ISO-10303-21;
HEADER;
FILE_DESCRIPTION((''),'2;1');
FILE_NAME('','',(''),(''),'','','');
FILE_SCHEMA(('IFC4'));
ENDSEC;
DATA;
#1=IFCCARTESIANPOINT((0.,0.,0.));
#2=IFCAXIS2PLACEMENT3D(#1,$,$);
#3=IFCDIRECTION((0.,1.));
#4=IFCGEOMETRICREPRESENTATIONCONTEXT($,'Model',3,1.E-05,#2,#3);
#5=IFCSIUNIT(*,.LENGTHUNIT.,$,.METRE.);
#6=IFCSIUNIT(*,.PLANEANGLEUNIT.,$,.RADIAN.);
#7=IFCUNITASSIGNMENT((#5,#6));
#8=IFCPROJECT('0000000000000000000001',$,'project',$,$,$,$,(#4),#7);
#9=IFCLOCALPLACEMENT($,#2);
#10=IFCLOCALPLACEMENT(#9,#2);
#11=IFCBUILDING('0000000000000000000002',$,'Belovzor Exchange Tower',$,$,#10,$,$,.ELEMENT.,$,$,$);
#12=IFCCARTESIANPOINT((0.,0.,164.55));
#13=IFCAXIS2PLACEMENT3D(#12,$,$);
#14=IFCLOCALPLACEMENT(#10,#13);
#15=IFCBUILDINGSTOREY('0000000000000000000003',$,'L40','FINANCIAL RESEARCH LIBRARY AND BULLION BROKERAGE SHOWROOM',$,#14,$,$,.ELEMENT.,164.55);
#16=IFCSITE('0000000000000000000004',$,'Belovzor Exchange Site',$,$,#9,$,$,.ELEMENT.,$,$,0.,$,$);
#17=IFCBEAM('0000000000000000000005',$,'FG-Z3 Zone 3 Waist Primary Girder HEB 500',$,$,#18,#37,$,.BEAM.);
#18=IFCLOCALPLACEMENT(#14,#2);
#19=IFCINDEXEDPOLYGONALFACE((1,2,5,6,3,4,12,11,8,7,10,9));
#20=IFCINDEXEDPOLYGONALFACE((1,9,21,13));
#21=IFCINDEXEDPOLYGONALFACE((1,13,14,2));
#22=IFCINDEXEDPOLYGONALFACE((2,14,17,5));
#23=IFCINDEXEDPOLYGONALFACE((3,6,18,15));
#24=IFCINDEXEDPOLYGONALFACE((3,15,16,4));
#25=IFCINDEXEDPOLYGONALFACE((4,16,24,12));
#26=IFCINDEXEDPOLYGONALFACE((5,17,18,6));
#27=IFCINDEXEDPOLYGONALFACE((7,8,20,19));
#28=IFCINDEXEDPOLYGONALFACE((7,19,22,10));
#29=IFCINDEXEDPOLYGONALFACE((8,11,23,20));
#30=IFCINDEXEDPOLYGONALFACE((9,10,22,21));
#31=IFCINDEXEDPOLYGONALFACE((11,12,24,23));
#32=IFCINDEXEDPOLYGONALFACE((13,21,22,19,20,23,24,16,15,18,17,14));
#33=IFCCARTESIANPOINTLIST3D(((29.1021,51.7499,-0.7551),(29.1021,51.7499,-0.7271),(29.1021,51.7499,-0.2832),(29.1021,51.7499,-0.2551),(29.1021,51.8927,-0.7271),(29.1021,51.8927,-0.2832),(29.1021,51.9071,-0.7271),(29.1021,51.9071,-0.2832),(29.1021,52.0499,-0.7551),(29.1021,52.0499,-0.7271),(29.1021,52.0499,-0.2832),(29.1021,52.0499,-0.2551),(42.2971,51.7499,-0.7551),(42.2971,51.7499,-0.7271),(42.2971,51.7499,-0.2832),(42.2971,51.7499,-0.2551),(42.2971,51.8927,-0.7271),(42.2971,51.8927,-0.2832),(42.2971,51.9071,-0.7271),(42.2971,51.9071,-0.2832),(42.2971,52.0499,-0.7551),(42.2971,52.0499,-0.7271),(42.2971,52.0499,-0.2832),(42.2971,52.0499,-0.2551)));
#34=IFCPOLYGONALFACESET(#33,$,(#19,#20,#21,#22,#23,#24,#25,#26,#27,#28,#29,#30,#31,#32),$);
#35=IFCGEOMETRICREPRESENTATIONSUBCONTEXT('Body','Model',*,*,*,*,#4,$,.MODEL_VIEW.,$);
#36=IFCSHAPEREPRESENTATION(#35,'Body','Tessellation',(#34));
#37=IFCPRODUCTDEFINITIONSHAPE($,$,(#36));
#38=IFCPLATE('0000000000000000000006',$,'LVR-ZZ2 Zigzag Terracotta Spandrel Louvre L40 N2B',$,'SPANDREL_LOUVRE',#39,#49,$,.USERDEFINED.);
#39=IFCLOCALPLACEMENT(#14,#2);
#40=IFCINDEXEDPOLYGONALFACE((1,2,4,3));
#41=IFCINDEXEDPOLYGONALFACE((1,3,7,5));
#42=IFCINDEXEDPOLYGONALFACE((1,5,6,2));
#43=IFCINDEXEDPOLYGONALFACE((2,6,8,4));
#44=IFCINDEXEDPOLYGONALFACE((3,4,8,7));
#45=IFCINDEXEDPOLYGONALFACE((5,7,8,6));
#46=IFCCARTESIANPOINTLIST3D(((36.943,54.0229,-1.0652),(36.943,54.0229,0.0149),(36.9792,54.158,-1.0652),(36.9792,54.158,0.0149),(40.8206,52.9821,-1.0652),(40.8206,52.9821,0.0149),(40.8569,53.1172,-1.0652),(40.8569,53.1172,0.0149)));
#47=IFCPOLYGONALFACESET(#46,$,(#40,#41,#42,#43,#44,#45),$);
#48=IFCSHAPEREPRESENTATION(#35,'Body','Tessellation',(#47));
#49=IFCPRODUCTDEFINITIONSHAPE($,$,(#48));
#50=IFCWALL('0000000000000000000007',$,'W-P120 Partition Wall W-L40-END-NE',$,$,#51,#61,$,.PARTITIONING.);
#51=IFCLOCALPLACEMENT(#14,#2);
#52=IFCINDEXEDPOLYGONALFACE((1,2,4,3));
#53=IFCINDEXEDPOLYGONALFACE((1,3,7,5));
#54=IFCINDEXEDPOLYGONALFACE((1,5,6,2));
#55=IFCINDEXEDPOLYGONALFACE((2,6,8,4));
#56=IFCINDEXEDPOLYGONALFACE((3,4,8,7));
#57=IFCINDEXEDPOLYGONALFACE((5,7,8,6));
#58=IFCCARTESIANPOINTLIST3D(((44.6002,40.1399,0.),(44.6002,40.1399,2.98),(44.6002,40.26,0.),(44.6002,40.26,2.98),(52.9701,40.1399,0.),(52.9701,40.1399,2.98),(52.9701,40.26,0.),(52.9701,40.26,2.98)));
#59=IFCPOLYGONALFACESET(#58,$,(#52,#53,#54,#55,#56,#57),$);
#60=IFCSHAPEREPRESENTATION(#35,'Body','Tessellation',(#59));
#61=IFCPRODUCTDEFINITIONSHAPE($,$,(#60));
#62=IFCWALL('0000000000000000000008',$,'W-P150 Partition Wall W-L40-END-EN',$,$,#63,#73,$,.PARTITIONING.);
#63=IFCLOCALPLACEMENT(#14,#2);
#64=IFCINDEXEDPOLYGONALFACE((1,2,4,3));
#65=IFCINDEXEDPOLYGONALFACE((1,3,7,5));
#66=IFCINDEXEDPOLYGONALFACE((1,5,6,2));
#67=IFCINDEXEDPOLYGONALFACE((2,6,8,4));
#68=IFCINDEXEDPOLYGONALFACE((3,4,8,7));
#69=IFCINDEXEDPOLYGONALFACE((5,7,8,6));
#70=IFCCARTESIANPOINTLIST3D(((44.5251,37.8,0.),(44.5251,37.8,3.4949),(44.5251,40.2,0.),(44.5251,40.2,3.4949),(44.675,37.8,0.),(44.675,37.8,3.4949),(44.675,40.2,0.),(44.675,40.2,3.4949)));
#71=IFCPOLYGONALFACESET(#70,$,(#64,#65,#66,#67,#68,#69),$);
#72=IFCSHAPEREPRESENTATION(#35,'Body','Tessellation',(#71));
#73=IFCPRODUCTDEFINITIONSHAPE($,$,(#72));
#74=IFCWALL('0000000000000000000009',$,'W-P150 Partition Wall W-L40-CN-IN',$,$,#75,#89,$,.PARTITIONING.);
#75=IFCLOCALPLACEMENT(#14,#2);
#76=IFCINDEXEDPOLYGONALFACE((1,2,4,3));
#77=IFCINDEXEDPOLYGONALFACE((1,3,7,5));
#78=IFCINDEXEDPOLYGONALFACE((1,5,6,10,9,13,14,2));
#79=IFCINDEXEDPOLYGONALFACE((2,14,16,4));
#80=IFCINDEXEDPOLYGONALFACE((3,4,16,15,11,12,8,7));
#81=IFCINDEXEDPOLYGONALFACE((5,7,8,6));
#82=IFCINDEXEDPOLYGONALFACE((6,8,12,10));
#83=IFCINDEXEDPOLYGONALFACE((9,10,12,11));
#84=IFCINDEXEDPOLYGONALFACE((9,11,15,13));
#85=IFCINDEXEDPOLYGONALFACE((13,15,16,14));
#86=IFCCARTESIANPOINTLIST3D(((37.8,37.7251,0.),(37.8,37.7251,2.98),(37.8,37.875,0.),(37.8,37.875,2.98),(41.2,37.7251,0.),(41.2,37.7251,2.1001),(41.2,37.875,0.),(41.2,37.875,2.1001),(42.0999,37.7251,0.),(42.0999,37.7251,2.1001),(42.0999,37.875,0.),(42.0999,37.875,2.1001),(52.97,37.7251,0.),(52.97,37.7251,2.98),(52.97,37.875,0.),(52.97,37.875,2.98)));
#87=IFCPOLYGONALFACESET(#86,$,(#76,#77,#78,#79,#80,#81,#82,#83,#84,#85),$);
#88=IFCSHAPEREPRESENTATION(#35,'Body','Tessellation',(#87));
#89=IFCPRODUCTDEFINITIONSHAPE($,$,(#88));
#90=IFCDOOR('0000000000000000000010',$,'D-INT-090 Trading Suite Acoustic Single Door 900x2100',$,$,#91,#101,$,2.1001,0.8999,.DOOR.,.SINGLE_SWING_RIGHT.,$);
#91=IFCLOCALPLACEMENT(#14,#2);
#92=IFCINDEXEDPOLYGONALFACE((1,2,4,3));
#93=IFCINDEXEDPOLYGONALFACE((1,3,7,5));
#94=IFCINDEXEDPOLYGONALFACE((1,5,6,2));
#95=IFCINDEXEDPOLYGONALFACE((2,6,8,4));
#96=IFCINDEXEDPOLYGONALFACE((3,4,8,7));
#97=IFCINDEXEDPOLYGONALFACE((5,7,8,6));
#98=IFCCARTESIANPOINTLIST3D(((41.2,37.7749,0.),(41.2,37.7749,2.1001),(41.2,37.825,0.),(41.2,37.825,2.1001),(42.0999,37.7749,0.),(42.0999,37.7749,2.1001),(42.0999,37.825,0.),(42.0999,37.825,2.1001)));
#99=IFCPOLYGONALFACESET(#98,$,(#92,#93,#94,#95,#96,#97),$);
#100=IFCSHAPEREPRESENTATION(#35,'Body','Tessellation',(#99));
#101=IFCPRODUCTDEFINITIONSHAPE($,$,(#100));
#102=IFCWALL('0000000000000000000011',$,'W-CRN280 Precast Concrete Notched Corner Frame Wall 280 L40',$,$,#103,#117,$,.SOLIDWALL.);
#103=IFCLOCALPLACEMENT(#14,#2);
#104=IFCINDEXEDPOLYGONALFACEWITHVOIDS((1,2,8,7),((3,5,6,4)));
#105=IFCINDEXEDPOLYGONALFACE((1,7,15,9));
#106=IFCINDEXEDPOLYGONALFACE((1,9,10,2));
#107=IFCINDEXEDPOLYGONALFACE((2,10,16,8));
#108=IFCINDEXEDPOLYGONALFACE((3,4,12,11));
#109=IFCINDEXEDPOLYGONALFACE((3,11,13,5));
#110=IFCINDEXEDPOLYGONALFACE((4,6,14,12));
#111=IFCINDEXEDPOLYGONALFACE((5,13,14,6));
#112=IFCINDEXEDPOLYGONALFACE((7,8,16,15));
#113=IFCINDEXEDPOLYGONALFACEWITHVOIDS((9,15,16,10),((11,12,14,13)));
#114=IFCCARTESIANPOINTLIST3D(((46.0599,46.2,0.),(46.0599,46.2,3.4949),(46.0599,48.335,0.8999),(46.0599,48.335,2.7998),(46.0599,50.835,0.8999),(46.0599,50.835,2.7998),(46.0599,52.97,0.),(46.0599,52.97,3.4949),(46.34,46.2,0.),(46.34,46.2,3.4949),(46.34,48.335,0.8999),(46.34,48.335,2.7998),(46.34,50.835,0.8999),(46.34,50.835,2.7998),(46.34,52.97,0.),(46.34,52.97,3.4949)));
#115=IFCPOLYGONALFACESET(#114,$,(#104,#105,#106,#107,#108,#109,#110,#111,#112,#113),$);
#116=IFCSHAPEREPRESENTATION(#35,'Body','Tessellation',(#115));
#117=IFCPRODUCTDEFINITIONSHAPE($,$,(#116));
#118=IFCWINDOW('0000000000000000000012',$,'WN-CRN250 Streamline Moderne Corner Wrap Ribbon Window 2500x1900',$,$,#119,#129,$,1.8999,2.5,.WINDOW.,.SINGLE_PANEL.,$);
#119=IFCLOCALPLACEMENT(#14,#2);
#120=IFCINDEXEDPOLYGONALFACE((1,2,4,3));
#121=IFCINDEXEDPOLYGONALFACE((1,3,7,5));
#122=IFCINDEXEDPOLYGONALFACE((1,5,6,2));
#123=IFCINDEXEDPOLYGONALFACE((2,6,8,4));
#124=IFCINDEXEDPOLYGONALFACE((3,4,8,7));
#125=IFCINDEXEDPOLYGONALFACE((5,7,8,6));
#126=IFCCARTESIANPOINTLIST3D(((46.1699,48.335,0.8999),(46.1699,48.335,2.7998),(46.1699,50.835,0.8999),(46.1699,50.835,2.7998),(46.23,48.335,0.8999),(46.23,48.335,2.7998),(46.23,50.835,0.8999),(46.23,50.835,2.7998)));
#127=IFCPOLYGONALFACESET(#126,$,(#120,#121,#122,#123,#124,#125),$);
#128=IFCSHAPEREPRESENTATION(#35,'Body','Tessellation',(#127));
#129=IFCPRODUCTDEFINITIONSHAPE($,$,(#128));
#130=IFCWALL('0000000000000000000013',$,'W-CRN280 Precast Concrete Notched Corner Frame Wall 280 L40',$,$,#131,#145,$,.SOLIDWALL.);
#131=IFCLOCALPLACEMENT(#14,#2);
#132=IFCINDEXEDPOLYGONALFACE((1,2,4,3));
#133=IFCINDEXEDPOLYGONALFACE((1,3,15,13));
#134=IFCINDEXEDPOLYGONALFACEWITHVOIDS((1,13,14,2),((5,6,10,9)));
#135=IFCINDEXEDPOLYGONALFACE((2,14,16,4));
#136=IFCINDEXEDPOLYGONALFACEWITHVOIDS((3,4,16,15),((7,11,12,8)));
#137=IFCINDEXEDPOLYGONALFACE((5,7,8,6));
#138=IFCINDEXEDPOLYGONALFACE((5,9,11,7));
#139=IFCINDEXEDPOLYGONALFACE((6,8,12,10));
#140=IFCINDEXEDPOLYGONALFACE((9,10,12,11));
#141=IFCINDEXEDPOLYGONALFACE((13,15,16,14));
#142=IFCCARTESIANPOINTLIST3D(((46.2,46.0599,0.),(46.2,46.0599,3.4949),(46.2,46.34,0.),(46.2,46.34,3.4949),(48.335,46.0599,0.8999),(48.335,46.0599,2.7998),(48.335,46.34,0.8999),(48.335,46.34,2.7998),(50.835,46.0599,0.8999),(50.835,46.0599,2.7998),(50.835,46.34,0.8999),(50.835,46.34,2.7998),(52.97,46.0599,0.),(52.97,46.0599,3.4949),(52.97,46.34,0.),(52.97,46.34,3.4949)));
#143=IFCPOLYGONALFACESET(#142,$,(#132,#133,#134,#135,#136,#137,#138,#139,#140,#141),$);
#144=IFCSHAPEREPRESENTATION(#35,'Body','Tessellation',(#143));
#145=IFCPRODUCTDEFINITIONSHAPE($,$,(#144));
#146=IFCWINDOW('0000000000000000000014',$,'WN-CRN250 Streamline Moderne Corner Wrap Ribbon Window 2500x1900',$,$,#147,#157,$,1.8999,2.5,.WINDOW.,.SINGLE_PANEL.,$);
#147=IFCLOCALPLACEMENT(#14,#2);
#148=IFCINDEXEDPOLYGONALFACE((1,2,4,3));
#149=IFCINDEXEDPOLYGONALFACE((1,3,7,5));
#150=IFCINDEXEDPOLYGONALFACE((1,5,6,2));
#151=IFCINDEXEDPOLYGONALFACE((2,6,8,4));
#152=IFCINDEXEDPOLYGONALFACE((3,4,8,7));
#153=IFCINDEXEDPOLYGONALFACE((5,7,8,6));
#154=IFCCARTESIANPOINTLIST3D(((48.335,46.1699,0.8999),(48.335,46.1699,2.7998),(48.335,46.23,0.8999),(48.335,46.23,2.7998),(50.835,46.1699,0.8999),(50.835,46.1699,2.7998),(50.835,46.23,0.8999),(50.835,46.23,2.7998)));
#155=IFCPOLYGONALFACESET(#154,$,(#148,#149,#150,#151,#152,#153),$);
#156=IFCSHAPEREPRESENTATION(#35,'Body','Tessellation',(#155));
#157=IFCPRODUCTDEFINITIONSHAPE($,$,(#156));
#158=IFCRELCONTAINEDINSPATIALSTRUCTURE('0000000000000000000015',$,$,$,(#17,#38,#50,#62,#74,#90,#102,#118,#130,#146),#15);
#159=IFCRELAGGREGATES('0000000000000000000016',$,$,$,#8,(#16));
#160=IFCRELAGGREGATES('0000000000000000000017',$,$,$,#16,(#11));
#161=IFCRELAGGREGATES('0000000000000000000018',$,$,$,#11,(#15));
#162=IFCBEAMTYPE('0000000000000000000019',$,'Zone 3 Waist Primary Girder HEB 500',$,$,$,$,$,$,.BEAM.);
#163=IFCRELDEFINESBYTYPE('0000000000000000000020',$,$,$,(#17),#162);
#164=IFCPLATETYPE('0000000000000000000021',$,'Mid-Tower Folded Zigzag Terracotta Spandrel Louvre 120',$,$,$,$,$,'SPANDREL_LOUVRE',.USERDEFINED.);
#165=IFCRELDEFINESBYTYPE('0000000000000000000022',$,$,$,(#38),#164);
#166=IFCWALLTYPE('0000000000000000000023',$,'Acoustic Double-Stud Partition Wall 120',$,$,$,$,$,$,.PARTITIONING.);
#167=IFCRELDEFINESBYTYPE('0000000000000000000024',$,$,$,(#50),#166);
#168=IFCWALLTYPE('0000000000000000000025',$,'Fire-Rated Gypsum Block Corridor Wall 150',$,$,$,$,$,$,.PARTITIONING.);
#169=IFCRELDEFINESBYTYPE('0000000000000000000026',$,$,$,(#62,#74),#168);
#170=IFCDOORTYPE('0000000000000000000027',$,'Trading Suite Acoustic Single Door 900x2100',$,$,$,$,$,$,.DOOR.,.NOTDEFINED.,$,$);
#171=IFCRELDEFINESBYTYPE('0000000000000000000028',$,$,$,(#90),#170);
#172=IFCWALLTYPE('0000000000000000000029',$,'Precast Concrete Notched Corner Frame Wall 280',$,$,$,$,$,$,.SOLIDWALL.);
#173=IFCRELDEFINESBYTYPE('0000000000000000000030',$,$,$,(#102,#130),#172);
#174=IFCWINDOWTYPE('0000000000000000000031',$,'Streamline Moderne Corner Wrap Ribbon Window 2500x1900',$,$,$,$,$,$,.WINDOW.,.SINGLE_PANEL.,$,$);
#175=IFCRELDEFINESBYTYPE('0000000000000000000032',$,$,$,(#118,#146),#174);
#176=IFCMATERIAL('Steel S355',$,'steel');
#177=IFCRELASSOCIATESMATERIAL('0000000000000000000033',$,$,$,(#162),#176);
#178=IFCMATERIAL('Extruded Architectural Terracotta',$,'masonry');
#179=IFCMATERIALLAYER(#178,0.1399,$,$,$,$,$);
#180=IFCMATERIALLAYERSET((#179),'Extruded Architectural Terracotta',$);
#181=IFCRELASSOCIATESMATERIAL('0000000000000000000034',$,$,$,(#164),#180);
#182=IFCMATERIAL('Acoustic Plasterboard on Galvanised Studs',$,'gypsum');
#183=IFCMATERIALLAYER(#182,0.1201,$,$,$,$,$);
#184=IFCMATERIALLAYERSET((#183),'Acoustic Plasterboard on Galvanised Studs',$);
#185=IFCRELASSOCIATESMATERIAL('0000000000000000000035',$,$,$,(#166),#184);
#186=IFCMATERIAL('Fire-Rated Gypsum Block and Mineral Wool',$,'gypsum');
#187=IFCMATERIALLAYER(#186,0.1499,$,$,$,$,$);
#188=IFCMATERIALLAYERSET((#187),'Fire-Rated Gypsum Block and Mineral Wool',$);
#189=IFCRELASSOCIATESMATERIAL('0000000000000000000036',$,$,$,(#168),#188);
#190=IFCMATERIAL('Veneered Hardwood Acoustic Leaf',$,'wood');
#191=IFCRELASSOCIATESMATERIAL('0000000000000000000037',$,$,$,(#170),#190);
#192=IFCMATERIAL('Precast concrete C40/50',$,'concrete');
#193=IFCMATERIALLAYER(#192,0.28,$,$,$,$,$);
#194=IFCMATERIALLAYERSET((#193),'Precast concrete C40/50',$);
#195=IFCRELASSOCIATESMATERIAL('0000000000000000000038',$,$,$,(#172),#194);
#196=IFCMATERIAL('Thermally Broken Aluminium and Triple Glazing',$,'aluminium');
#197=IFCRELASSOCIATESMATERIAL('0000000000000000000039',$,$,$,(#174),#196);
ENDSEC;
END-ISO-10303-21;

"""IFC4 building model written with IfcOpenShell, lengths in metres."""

from ifc_helpers import new_model, si_unit, direction, frame, frame_2d, origin, origin_2d, place, context, subcontext, project, spatial, rectangle, i_section, extrude, material, layer, layer_set, material_profile, profile_set, type_object, element, fill, save


model = new_model("IFC4")

# Units and contexts
model_context = context("Model", 3, precision=1e-05, world=origin(), true_north=direction((0.0, 1.0)))
body_context = subcontext(model_context, "Body", "Model", "MODEL_VIEW")
ifc_project = project(units=[si_unit("LENGTHUNIT", "METRE"), si_unit("PLANEANGLEUNIT", "RADIAN")], contexts=[model_context])

# Site, building, storey
site_placement = place(None, origin())
site = spatial("IfcSite", under=ifc_project, at=site_placement, Name="Belovzor Exchange Site", CompositionType="ELEMENT", RefElevation=0.0)
building_placement = place(site_placement, origin())
building = spatial("IfcBuilding", under=site, at=building_placement, Name="Belovzor Exchange Tower", CompositionType="ELEMENT")
storey_placement = place(building_placement, frame((0.0, 0.0, 164.55)))
storey = spatial("IfcBuildingStorey", under=building, at=storey_placement, Name="L40", Description="FINANCIAL RESEARCH LIBRARY AND BULLION BROKERAGE SHOWROOM", CompositionType="ELEMENT", Elevation=164.55)

# Beam
ifc_material_1 = material(Name="Steel S355", Category="steel")
ifc_material_profile_1 = material_profile(ifc_material_1, i_section(OverallWidth=0.3, OverallDepth=0.5, WebThickness=0.0144, FlangeThickness=0.0281, at=origin_2d()))
ifc_profile_set_1 = profile_set([ifc_material_profile_1], Name="Steel S355")
beam_type_1 = type_object("IfcBeamType", Name="Zone 3 Waist Primary Girder HEB 500", PredefinedType="BEAM", material=ifc_profile_set_1)
beam_1_placement = place(storey_placement, frame((42.2971, 51.8999, -0.5051), z_axis=(-1.0, 0.0, 0.0), x_axis=(0.0, -1.0, 0.0)))
element("IfcBeam", 1, at=beam_1_placement, inside=storey, type_object=beam_type_1, Name="FG-Z3 Zone 3 Waist Primary Girder HEB 500", PredefinedType="BEAM", context=body_context, shape_type="SweptSolid", body=[
    extrude(i_section(OverallWidth=0.3, OverallDepth=0.5, WebThickness=0.0144, FlangeThickness=0.0281, at=origin_2d()), origin(), (0.0, 0.0, 1.0), 13.1951),
])

# Plate
ifc_material_2 = material(Name="Extruded Architectural Terracotta", Category="masonry")
ifc_layer_1 = layer(ifc_material_2, 0.1399)
ifc_layer_set_1 = layer_set([ifc_layer_1], Name="Extruded Architectural Terracotta")
plate_type = type_object("IfcPlateType", Name="Mid-Tower Folded Zigzag Terracotta Spandrel Louvre 120", ElementType="SPANDREL_LOUVRE", PredefinedType="USERDEFINED", material=ifc_layer_set_1)
plate_placement = place(storey_placement, frame((38.8999, 53.5701, -1.0652), z_axis=(0.0, 0.0, 1.0), x_axis=(0.965813, -0.25924, 0.0)))
element("IfcPlate", 2, at=plate_placement, inside=storey, type_object=plate_type, Name="LVR-ZZ2 Zigzag Terracotta Spandrel Louvre L40 N2B", ObjectType="SPANDREL_LOUVRE", PredefinedType="USERDEFINED", context=body_context, shape_type="SweptSolid", body=[
    extrude(rectangle(XDim=4.0149, YDim=0.1399, at=origin_2d()), origin(), (0.0, 0.0, 1.0), 1.0801),
])

# Walls
ifc_material_3 = material(Name="Acoustic Plasterboard on Galvanised Studs", Category="gypsum")
ifc_layer_2 = layer(ifc_material_3, 0.1201)
ifc_layer_set_2 = layer_set([ifc_layer_2], Name="Acoustic Plasterboard on Galvanised Studs")
wall_type_1 = type_object("IfcWallType", Name="Acoustic Double-Stud Partition Wall 120", PredefinedType="PARTITIONING", material=ifc_layer_set_2)
wall_1_placement = place(storey_placement, frame((44.6001, 40.2, 0.0), z_axis=(0.0, 0.0, 1.0), x_axis=(1.0, 0.0, 0.0)))
element("IfcWall", 3, at=wall_1_placement, inside=storey, type_object=wall_type_1, Name="W-P120 Partition Wall W-L40-END-NE", PredefinedType="PARTITIONING", context=body_context, shape_type="SweptSolid", body=[
    extrude(rectangle(XDim=8.3699, YDim=0.1201, at=frame_2d((4.1851, 0.0))), origin(), (0.0, 0.0, 1.0), 2.98),
])
ifc_material_4 = material(Name="Fire-Rated Gypsum Block and Mineral Wool", Category="gypsum")
ifc_layer_3 = layer(ifc_material_4, 0.1499)
ifc_layer_set_3 = layer_set([ifc_layer_3], Name="Fire-Rated Gypsum Block and Mineral Wool")
wall_type_2 = type_object("IfcWallType", Name="Fire-Rated Gypsum Block Corridor Wall 150", PredefinedType="PARTITIONING", material=ifc_layer_set_3)
wall_2_placement = place(storey_placement, frame((44.6001, 37.8, 0.0), z_axis=(0.0, 0.0, 1.0), x_axis=(0.0, 1.0, 0.0)))
element("IfcWall", 4, at=wall_2_placement, inside=storey, type_object=wall_type_2, Name="W-P150 Partition Wall W-L40-END-EN", PredefinedType="PARTITIONING", context=body_context, shape_type="SweptSolid", body=[
    extrude(rectangle(XDim=2.3999, YDim=0.1499, at=frame_2d((1.2, 0.0))), origin(), (0.0, 0.0, 1.0), 3.4949),
])

# Wall, opening, door
wall_3_placement = place(storey_placement, frame((37.8, 37.8, 0.0), z_axis=(0.0, 0.0, 1.0), x_axis=(1.0, 0.0, 0.0)))
wall_3 = element("IfcWall", 5, at=wall_3_placement, inside=storey, type_object=wall_type_2, Name="W-P150 Partition Wall W-L40-CN-IN", PredefinedType="PARTITIONING", context=body_context, shape_type="SweptSolid", body=[
    extrude(rectangle(XDim=15.1699, YDim=0.1499, at=frame_2d((7.585, 0.0))), origin(), (0.0, 0.0, 1.0), 2.98),
])
opening_1_placement = place(wall_3_placement, frame((3.3999, 0.0, 0.0)))
opening_1 = element("IfcOpeningElement", 6, at=opening_1_placement, cuts=wall_3, PredefinedType="OPENING", context=body_context, shape_type="SweptSolid", body=[
    extrude(rectangle(XDim=0.8999, YDim=2.1001, at=frame_2d((0.45, 1.05))), frame((0.0, 0.085, 0.0), z_axis=(0.0, -1.0, 0.0), x_axis=(1.0, 0.0, 0.0)), (0.0, 0.0, 1.0), 0.1699),
])
ifc_material_5 = material(Name="Veneered Hardwood Acoustic Leaf", Category="wood")
door_type_1 = type_object("IfcDoorType", Name="Trading Suite Acoustic Single Door 900x2100", OperationType="NOTDEFINED", PredefinedType="DOOR", material=ifc_material_5)
door_1_placement = place(opening_1_placement, origin())
door_1 = element("IfcDoor", 7, at=door_1_placement, inside=storey, type_object=door_type_1, Name="D-INT-090 Trading Suite Acoustic Single Door 900x2100", OperationType="SINGLE_SWING_RIGHT", OverallHeight=2.1001, OverallWidth=0.8999, PredefinedType="DOOR", context=body_context, shape_type="SweptSolid", body=[
    extrude(rectangle(XDim=0.8999, YDim=2.1001, at=frame_2d((0.45, 1.05))), frame((0.0, 0.0249, 0.0), z_axis=(0.0, -1.0, 0.0), x_axis=(1.0, 0.0, 0.0)), (0.0, 0.0, 1.0), 0.05),
])
fill(opening_1, door_1)

# Walls, openings, windows
ifc_material_6 = material(Name="Precast concrete C40/50", Category="concrete")
ifc_layer_4 = layer(ifc_material_6, 0.28)
ifc_layer_set_4 = layer_set([ifc_layer_4], Name="Precast concrete C40/50")
wall_type_3 = type_object("IfcWallType", Name="Precast Concrete Notched Corner Frame Wall 280", PredefinedType="SOLIDWALL", material=ifc_layer_set_4)
wall_4_placement = place(storey_placement, frame((46.2, 52.97, 0.0), z_axis=(0.0, 0.0, 1.0), x_axis=(0.0, -1.0, 0.0)))
wall_4 = element("IfcWall", 8, at=wall_4_placement, inside=storey, type_object=wall_type_3, Name="W-CRN280 Precast Concrete Notched Corner Frame Wall 280 L40", PredefinedType="SOLIDWALL", context=body_context, shape_type="SweptSolid", body=[
    extrude(rectangle(XDim=6.77, YDim=0.28, at=frame_2d((3.385, 0.0))), origin(), (0.0, 0.0, 1.0), 3.4949),
])
opening_2_placement = place(wall_4_placement, frame((2.135, 0.0, 0.8999)))
opening_2 = element("IfcOpeningElement", 9, at=opening_2_placement, cuts=wall_4, PredefinedType="OPENING", context=body_context, shape_type="SweptSolid", body=[
    extrude(rectangle(XDim=2.5, YDim=1.8999, at=frame_2d((1.25, 0.95))), frame((0.0, 0.1499, 0.0), z_axis=(0.0, -1.0, 0.0), x_axis=(1.0, 0.0, 0.0)), (0.0, 0.0, 1.0), 0.3),
])
ifc_material_7 = material(Name="Thermally Broken Aluminium and Triple Glazing", Category="aluminium")
window_type = type_object("IfcWindowType", Name="Streamline Moderne Corner Wrap Ribbon Window 2500x1900", PartitioningType="SINGLE_PANEL", PredefinedType="WINDOW", material=ifc_material_7)
window_1_placement = place(opening_2_placement, origin())
window_1 = element("IfcWindow", 10, at=window_1_placement, inside=storey, type_object=window_type, Name="WN-CRN250 Streamline Moderne Corner Wrap Ribbon Window 2500x1900", OverallHeight=1.8999, OverallWidth=2.5, PartitioningType="SINGLE_PANEL", PredefinedType="WINDOW", context=body_context, shape_type="SweptSolid", body=[
    extrude(rectangle(XDim=2.5, YDim=1.8999, at=frame_2d((1.25, 0.95))), frame((0.0, 0.03, 0.0), z_axis=(0.0, -1.0, 0.0), x_axis=(1.0, 0.0, 0.0)), (0.0, 0.0, 1.0), 0.0601),
])
fill(opening_2, window_1)
wall_5_placement = place(storey_placement, frame((46.2, 46.2, 0.0), z_axis=(0.0, 0.0, 1.0), x_axis=(1.0, 0.0, 0.0)))
wall_5 = element("IfcWall", 11, at=wall_5_placement, inside=storey, type_object=wall_type_3, Name="W-CRN280 Precast Concrete Notched Corner Frame Wall 280 L40", PredefinedType="SOLIDWALL", context=body_context, shape_type="SweptSolid", body=[
    extrude(rectangle(XDim=6.77, YDim=0.28, at=frame_2d((3.385, 0.0))), origin(), (0.0, 0.0, 1.0), 3.4949),
])
opening_3_placement = place(wall_5_placement, frame((2.135, 0.0, 0.8999)))
opening_3 = element("IfcOpeningElement", 12, at=opening_3_placement, cuts=wall_5, PredefinedType="OPENING", context=body_context, shape_type="SweptSolid", body=[
    extrude(rectangle(XDim=2.5, YDim=1.8999, at=frame_2d((1.25, 0.95))), frame((0.0, 0.1499, 0.0), z_axis=(0.0, -1.0, 0.0), x_axis=(1.0, 0.0, 0.0)), (0.0, 0.0, 1.0), 0.3),
])
window_2_placement = place(opening_3_placement, origin())
window_2 = element("IfcWindow", 13, at=window_2_placement, inside=storey, type_object=window_type, Name="WN-CRN250 Streamline Moderne Corner Wrap Ribbon Window 2500x1900", OverallHeight=1.8999, OverallWidth=2.5, PartitioningType="SINGLE_PANEL", PredefinedType="WINDOW", context=body_context, shape_type="SweptSolid", body=[
    extrude(rectangle(XDim=2.5, YDim=1.8999, at=frame_2d((1.25, 0.95))), frame((0.0, 0.03, 0.0), z_axis=(0.0, -1.0, 0.0), x_axis=(1.0, 0.0, 0.0)), (0.0, 0.0, 1.0), 0.0601),
])
fill(opening_3, window_2)

save(model, "model.ifc")
